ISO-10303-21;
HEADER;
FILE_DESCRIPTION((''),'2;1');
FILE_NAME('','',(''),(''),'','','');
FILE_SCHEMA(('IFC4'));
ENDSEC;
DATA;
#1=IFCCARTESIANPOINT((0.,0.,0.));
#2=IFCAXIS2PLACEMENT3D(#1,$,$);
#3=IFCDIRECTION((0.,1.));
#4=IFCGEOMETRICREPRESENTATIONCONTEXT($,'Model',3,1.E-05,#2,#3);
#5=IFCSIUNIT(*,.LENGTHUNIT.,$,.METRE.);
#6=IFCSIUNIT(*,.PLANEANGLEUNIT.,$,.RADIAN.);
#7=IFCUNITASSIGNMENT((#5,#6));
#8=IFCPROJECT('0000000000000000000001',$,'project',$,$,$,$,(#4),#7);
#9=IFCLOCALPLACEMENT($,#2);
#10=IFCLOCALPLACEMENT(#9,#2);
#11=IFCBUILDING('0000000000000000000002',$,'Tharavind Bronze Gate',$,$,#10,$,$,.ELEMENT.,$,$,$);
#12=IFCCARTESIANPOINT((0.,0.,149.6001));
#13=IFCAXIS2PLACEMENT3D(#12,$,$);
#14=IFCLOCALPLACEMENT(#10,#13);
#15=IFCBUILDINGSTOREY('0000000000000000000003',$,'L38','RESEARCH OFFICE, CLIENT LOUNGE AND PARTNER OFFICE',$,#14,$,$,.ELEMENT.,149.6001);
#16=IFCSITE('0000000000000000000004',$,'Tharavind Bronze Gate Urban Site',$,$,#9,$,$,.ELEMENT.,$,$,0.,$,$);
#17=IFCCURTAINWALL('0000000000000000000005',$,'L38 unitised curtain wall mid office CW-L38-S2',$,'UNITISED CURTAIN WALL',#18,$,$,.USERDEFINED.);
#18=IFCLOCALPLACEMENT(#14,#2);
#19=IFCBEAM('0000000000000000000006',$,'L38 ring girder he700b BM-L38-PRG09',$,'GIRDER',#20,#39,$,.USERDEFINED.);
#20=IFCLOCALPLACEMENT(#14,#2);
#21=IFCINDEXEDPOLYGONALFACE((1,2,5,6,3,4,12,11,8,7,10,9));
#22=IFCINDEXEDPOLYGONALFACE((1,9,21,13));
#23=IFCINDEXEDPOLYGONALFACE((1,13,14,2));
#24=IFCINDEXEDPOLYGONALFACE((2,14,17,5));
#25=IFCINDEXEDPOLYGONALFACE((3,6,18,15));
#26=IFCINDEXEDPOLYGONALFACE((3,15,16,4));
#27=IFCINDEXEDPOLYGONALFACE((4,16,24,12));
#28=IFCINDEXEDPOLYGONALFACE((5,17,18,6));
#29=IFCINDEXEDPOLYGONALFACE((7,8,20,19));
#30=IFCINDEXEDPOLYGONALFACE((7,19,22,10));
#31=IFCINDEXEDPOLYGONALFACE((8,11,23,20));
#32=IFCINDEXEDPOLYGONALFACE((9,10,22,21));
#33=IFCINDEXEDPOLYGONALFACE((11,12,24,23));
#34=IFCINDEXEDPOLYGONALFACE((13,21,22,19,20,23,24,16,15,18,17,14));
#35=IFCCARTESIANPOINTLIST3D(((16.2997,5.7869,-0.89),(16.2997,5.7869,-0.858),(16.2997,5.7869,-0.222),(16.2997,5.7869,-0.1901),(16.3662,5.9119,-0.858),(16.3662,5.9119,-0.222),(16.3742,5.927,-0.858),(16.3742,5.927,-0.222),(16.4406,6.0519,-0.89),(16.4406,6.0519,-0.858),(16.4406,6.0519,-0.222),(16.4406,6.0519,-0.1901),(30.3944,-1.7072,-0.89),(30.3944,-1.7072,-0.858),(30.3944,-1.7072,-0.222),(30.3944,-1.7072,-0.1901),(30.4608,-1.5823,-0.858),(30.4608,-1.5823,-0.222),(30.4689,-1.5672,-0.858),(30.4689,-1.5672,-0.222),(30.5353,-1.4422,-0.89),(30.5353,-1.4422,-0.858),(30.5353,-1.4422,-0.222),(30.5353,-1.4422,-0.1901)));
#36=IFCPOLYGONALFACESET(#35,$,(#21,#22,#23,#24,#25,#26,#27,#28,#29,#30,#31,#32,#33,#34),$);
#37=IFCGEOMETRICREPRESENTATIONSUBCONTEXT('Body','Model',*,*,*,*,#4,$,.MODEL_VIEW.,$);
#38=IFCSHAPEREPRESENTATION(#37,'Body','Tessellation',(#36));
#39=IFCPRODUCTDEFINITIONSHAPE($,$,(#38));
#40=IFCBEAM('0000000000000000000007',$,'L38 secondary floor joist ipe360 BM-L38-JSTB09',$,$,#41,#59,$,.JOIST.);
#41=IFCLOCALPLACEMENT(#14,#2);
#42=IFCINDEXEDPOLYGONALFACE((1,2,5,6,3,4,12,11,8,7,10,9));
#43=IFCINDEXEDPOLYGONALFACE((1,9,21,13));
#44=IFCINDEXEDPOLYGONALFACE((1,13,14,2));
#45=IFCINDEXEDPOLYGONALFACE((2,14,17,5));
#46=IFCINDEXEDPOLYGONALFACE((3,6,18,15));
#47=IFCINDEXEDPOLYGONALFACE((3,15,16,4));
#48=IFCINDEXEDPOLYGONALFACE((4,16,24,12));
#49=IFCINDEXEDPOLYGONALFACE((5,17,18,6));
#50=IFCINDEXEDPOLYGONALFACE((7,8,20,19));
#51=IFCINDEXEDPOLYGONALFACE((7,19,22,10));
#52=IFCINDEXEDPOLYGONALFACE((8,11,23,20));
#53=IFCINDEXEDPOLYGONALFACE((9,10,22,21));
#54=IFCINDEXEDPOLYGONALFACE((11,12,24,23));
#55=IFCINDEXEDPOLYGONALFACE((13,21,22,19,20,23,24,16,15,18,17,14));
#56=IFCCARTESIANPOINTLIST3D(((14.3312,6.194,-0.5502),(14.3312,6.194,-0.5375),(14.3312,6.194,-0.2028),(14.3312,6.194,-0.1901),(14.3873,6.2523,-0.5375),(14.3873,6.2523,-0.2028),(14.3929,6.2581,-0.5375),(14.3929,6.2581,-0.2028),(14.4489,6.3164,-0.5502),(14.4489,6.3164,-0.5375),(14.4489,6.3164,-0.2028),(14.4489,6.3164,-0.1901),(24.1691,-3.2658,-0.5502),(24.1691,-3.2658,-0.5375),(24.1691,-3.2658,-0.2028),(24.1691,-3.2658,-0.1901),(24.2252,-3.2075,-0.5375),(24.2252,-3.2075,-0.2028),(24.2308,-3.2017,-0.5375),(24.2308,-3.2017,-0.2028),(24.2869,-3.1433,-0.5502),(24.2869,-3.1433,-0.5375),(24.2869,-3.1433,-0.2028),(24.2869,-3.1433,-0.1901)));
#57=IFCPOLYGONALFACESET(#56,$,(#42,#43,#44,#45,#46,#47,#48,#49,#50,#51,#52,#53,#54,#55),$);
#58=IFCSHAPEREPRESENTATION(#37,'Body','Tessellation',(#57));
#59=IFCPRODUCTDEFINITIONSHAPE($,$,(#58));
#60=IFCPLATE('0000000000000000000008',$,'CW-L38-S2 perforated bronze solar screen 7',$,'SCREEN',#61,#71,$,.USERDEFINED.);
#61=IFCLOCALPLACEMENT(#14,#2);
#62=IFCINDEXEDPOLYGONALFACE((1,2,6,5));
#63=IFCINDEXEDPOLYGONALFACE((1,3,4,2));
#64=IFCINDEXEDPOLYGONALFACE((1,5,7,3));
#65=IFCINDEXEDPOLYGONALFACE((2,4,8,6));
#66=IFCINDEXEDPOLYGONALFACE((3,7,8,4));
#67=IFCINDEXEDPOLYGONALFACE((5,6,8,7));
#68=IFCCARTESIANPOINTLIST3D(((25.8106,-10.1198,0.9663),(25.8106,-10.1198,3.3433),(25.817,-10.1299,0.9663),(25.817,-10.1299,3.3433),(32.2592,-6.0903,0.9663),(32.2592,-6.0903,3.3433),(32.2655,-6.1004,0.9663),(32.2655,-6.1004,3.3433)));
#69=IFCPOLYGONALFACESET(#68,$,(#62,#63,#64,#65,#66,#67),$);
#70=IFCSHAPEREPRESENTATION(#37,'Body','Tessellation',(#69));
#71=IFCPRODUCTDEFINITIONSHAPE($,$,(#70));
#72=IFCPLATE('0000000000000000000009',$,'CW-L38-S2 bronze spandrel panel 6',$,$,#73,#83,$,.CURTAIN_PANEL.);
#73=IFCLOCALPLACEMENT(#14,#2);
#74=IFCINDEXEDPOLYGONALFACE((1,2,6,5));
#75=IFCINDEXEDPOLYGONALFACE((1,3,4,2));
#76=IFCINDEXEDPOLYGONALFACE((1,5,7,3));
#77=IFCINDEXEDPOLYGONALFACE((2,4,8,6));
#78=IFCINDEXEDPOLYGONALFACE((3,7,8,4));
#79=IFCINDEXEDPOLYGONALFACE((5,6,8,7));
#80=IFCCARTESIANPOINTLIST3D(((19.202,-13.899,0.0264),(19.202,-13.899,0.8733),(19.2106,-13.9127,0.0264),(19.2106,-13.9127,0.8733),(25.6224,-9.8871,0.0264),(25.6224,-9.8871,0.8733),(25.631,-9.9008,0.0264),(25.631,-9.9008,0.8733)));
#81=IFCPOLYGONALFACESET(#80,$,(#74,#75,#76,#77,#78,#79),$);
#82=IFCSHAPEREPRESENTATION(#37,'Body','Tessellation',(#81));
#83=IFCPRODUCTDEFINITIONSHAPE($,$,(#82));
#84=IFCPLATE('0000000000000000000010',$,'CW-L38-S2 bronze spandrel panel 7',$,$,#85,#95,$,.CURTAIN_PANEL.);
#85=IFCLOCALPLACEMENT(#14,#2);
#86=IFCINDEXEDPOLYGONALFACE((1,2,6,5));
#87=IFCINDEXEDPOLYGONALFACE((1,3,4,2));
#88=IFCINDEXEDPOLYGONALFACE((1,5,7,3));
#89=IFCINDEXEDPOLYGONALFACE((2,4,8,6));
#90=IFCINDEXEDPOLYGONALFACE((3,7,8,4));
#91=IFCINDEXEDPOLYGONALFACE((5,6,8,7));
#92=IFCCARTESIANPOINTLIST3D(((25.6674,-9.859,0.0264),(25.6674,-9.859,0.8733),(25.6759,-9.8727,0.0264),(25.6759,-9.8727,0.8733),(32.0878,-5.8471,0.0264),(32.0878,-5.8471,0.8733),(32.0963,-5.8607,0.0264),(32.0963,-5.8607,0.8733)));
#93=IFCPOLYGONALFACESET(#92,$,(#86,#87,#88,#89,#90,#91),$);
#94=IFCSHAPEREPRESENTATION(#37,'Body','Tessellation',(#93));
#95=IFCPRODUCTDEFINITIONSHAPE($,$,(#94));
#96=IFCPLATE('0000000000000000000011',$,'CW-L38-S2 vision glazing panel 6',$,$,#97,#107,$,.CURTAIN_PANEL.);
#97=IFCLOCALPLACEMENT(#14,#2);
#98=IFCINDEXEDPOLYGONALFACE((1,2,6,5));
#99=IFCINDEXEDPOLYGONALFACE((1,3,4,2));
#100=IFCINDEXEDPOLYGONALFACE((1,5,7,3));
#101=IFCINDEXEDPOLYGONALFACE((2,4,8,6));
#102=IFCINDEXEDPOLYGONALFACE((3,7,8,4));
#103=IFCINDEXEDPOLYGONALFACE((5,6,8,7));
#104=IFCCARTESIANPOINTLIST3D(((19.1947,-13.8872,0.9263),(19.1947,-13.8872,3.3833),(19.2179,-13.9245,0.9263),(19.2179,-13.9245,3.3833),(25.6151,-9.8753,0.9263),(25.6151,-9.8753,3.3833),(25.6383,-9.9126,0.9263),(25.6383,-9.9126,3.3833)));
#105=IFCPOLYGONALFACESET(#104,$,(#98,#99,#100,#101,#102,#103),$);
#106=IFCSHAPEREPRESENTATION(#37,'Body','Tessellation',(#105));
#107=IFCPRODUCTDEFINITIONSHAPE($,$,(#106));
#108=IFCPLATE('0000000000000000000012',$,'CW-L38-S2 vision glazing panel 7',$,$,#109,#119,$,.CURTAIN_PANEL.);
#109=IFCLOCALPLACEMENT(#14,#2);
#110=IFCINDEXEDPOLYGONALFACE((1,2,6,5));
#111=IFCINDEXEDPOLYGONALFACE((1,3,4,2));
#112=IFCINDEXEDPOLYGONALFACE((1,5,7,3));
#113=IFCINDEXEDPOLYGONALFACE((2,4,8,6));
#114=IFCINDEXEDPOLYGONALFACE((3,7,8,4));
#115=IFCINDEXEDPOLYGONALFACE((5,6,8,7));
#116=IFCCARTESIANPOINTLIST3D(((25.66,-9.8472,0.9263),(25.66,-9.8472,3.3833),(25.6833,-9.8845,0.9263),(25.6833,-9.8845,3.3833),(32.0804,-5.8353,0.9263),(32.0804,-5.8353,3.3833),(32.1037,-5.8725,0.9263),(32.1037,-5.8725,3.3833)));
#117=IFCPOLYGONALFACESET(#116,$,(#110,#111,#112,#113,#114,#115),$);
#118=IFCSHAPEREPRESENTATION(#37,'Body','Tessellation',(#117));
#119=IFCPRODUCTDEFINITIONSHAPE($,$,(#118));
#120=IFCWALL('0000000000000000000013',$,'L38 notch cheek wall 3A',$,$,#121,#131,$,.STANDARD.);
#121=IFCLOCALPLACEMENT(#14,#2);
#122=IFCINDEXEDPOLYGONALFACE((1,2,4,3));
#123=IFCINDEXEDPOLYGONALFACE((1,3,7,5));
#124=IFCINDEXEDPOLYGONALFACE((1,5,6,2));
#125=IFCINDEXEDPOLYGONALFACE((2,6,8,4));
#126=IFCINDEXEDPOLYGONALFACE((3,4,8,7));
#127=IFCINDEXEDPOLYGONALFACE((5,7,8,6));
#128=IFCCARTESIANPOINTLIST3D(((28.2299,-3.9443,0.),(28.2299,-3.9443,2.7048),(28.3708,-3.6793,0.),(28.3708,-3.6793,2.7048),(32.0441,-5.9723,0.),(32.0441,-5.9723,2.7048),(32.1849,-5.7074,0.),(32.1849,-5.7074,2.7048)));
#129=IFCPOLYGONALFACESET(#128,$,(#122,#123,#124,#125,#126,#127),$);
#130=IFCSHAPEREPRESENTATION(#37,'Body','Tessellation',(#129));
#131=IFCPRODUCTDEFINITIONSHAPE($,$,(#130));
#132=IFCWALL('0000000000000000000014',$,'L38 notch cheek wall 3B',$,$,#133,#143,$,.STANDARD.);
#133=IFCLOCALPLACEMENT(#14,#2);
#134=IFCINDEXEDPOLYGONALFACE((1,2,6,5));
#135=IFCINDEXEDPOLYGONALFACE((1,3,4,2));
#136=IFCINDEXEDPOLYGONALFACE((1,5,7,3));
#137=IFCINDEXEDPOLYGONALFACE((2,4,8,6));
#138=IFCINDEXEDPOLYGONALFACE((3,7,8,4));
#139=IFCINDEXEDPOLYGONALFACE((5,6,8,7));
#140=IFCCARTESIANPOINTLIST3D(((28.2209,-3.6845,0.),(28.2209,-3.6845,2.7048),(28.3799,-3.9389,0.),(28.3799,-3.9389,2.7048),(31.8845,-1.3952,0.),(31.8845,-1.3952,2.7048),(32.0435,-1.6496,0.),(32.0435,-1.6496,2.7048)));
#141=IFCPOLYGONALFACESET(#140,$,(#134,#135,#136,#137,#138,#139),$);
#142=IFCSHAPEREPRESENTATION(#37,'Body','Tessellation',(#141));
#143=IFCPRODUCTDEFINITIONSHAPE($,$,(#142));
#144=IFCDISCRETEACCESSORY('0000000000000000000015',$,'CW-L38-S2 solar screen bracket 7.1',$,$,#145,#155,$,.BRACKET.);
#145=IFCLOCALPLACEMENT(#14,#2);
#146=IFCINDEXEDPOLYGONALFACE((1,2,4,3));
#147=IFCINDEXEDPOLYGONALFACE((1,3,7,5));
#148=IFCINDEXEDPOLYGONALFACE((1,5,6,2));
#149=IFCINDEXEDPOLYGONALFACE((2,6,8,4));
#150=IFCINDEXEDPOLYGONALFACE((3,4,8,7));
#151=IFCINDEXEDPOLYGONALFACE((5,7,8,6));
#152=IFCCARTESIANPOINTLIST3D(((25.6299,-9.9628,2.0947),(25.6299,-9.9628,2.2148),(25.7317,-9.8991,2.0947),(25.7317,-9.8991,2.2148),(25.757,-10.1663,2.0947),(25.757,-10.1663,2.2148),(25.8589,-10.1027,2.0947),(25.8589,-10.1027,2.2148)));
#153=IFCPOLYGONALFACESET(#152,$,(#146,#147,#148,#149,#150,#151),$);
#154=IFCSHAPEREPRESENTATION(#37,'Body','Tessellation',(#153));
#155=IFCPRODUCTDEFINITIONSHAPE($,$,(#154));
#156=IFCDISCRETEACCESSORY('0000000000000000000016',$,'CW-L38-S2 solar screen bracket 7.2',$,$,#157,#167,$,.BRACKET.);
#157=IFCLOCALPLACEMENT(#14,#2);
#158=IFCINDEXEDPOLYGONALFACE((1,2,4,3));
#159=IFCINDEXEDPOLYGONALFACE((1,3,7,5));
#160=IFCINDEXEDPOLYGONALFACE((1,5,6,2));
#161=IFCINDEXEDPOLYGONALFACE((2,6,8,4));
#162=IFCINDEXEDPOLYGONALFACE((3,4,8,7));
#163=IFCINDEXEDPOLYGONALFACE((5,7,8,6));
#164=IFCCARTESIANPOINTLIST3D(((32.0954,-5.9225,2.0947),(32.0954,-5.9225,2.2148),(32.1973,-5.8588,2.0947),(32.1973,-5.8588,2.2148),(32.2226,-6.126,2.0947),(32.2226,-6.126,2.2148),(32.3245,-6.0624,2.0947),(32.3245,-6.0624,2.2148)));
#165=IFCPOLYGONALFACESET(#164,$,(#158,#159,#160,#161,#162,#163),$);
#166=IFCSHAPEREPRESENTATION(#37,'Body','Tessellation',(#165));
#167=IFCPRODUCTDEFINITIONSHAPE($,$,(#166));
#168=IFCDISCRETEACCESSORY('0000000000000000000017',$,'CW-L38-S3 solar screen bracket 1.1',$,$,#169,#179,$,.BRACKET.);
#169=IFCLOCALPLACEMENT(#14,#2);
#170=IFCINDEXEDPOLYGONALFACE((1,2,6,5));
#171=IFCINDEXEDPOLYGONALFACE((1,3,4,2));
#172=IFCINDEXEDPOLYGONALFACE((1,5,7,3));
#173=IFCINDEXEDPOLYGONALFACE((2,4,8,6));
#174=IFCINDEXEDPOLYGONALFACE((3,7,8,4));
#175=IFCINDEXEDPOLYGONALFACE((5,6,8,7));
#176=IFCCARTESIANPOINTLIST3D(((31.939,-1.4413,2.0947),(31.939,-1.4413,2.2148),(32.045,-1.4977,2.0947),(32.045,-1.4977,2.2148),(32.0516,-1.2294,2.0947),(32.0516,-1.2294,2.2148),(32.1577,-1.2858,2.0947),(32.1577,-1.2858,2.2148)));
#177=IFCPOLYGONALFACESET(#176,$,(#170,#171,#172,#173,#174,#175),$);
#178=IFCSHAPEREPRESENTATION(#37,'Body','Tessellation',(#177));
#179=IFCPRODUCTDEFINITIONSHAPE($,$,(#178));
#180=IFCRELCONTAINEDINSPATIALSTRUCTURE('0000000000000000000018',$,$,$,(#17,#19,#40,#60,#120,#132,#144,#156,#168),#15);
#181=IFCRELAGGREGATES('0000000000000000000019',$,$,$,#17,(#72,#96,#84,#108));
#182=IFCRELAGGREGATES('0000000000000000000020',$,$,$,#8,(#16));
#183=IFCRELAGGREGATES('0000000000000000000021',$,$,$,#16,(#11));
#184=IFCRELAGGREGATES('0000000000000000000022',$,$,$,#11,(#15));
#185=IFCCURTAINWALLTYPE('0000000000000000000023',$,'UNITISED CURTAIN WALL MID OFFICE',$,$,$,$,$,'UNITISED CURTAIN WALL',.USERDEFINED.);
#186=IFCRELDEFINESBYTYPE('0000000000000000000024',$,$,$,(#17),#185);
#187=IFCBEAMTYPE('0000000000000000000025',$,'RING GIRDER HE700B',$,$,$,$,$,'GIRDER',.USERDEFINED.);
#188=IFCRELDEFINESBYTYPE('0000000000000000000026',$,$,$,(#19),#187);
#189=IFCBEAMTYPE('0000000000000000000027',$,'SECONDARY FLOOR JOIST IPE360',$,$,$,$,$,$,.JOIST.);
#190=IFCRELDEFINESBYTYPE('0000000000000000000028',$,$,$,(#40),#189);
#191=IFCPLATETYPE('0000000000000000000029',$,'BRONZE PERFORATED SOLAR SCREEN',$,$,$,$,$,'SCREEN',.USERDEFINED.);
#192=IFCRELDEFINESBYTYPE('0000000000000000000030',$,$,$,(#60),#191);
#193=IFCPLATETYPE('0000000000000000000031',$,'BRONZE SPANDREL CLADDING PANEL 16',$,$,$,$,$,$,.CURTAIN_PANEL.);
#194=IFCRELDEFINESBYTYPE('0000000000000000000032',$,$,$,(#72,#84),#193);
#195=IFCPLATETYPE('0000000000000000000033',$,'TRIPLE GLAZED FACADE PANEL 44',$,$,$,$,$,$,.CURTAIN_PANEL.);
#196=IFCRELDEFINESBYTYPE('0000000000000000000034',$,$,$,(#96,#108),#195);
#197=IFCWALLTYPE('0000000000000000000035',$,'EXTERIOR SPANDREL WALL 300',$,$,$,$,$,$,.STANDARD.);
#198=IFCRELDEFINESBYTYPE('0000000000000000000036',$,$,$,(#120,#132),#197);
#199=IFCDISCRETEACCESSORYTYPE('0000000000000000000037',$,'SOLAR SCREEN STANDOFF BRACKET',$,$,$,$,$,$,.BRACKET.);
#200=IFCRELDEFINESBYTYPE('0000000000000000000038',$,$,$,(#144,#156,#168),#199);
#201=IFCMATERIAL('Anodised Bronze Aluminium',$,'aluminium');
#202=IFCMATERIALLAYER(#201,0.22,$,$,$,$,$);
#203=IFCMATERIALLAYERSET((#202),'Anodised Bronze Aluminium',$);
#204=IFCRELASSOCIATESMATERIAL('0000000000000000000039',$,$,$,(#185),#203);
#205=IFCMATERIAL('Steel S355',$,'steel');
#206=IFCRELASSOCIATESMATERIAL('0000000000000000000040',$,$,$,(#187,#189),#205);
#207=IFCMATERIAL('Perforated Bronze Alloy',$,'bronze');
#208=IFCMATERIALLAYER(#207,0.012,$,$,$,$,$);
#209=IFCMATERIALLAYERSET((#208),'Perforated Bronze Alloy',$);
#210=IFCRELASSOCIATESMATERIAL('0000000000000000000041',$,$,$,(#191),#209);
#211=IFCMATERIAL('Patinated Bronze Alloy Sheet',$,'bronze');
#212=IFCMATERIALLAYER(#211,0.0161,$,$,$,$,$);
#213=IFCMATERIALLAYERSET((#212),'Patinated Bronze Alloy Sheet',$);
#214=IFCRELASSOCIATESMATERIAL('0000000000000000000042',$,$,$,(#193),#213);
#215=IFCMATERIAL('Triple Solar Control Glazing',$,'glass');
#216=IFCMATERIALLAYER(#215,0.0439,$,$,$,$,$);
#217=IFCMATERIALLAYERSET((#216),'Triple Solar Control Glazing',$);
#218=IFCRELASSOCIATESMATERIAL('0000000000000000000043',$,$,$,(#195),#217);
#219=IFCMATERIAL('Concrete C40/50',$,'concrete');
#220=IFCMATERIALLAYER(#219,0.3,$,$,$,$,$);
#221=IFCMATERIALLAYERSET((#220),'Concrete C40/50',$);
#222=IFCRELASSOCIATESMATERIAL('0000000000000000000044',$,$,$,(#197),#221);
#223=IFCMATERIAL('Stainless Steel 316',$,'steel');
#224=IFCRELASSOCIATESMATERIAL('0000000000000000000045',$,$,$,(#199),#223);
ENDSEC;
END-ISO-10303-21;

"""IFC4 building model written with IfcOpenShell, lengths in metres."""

from ifc_helpers import new_model, si_unit, direction, frame, frame_2d, origin, origin_2d, place, context, subcontext, project, spatial, rectangle, i_section, extrude, material, layer, layer_set, material_profile, profile_set, type_object, element, aggregate, save


model = new_model("IFC4")

# Units and contexts
model_context = context("Model", 3, precision=1e-05, world=origin(), true_north=direction((0.0, 1.0)))
body_context = subcontext(model_context, "Body", "Model", "MODEL_VIEW")
ifc_project = project(units=[si_unit("LENGTHUNIT", "METRE"), si_unit("PLANEANGLEUNIT", "RADIAN")], contexts=[model_context])

# Site, building, storey
site_placement = place(None, origin())
site = spatial("IfcSite", under=ifc_project, at=site_placement, Name="Tharavind Bronze Gate Urban Site", CompositionType="ELEMENT", RefElevation=0.0)
building_placement = place(site_placement, origin())
building = spatial("IfcBuilding", under=site, at=building_placement, Name="Tharavind Bronze Gate", CompositionType="ELEMENT")
storey_placement = place(building_placement, frame((0.0, 0.0, 149.6001)))
storey = spatial("IfcBuildingStorey", under=building, at=storey_placement, Name="L38", Description="RESEARCH OFFICE, CLIENT LOUNGE AND PARTNER OFFICE", CompositionType="ELEMENT", Elevation=149.6001)

# Curtain wall
ifc_material_1 = material(Name="Anodised Bronze Aluminium", Category="aluminium")
ifc_layer_1 = layer(ifc_material_1, 0.22)
ifc_layer_set_1 = layer_set([ifc_layer_1], Name="Anodised Bronze Aluminium")
curtain_wall_type = type_object("IfcCurtainWallType", Name="UNITISED CURTAIN WALL MID OFFICE", ElementType="UNITISED CURTAIN WALL", PredefinedType="USERDEFINED", material=ifc_layer_set_1)
curtain_wall_1_placement = place(storey_placement, origin())
curtain_wall_1 = element("IfcCurtainWall", 1, at=curtain_wall_1_placement, inside=storey, type_object=curtain_wall_type, Name="L38 unitised curtain wall mid office CW-L38-S2", ObjectType="UNITISED CURTAIN WALL", PredefinedType="USERDEFINED")

# Beams
ifc_material_2 = material(Name="Steel S355", Category="steel")
ifc_material_profile_1 = material_profile(ifc_material_2, i_section(OverallWidth=0.3, OverallDepth=0.7, WebThickness=0.0171, FlangeThickness=0.032, at=origin_2d()), Name="HE700B")
ifc_profile_set_1 = profile_set([ifc_material_profile_1], Name="Steel S355")
beam_type_1 = type_object("IfcBeamType", Name="RING GIRDER HE700B", ElementType="GIRDER", PredefinedType="USERDEFINED", material=ifc_profile_set_1)
beam_1_placement = place(storey_placement, frame((30.4648, -1.5747, -0.54), z_axis=(-0.882952, 0.469464, 0.0), x_axis=(-0.469464, -0.882952, 0.0)))
element("IfcBeam", 2, at=beam_1_placement, inside=storey, type_object=beam_type_1, Name="L38 ring girder he700b BM-L38-PRG09", ObjectType="GIRDER", PredefinedType="USERDEFINED", context=body_context, shape_type="SweptSolid", body=[
    extrude(i_section(OverallWidth=0.3, OverallDepth=0.7, WebThickness=0.0171, FlangeThickness=0.032, at=origin_2d()), origin(), (0.0, 0.0, 1.0), 15.9631),
])
ifc_material_profile_2 = material_profile(ifc_material_2, i_section(OverallWidth=0.1699, OverallDepth=0.3601, WebThickness=0.0081, FlangeThickness=0.0127, at=origin_2d()), Name="IPE360")
ifc_profile_set_2 = profile_set([ifc_material_profile_2], Name="Steel S355")
beam_type_2 = type_object("IfcBeamType", Name="SECONDARY FLOOR JOIST IPE360", PredefinedType="JOIST", material=ifc_profile_set_2)
beam_2_placement = place(storey_placement, frame((24.228, -3.2046, -0.3701), z_axis=(-0.720826, 0.693117, 0.0), x_axis=(-0.693117, -0.720826, 0.0)))
element("IfcBeam", 3, at=beam_2_placement, inside=storey, type_object=beam_type_2, Name="L38 secondary floor joist ipe360 BM-L38-JSTB09", PredefinedType="JOIST", context=body_context, shape_type="SweptSolid", body=[
    extrude(i_section(OverallWidth=0.1699, OverallDepth=0.3601, WebThickness=0.0081, FlangeThickness=0.0127, at=origin_2d()), origin(), (0.0, 0.0, 1.0), 13.6482),
])

# Plates
ifc_material_3 = material(Name="Perforated Bronze Alloy", Category="bronze")
ifc_layer_2 = layer(ifc_material_3, 0.012)
ifc_layer_set_2 = layer_set([ifc_layer_2], Name="Perforated Bronze Alloy")
plate_type_1 = type_object("IfcPlateType", Name="BRONZE PERFORATED SOLAR SCREEN", ElementType="SCREEN", PredefinedType="USERDEFINED", material=ifc_layer_set_2)
plate_1_placement = place(storey_placement, frame((29.0381, -8.1101, 0.9663), z_axis=(0.0, 0.0, 1.0), x_axis=(0.848048, 0.529919, 0.0)))
element("IfcPlate", 4, at=plate_1_placement, inside=storey, type_object=plate_type_1, Name="CW-L38-S2 perforated bronze solar screen 7", ObjectType="SCREEN", PredefinedType="USERDEFINED", context=body_context, shape_type="SweptSolid", body=[
    extrude(rectangle(XDim=7.604, YDim=0.012, at=origin_2d()), origin(), (0.0, 0.0, 1.0), 2.377),
])
ifc_material_4 = material(Name="Patinated Bronze Alloy Sheet", Category="bronze")
ifc_layer_3 = layer(ifc_material_4, 0.0161)
ifc_layer_set_3 = layer_set([ifc_layer_3], Name="Patinated Bronze Alloy Sheet")
plate_type_2 = type_object("IfcPlateType", Name="BRONZE SPANDREL CLADDING PANEL 16", PredefinedType="CURTAIN_PANEL", material=ifc_layer_set_3)
plate_2_placement = place(storey_placement, frame((22.4165, -11.8999, 0.0264), z_axis=(0.0, 0.0, 1.0), x_axis=(0.848048, 0.529919, 0.0)))
plate_2 = element("IfcPlate", 5, at=plate_2_placement, type_object=plate_type_2, Name="CW-L38-S2 bronze spandrel panel 6", PredefinedType="CURTAIN_PANEL", context=body_context, shape_type="SweptSolid", body=[
    extrude(rectangle(XDim=7.5708, YDim=0.0161, at=origin_2d()), origin(), (0.0, 0.0, 1.0), 0.8469),
])
plate_3_placement = place(storey_placement, frame((28.8818, -7.8599, 0.0264), z_axis=(0.0, 0.0, 1.0), x_axis=(0.848048, 0.529919, 0.0)))
plate_3 = element("IfcPlate", 6, at=plate_3_placement, type_object=plate_type_2, Name="CW-L38-S2 bronze spandrel panel 7", PredefinedType="CURTAIN_PANEL", context=body_context, shape_type="SweptSolid", body=[
    extrude(rectangle(XDim=7.5708, YDim=0.0161, at=origin_2d()), origin(), (0.0, 0.0, 1.0), 0.8469),
])
ifc_material_5 = material(Name="Triple Solar Control Glazing", Category="glass")
ifc_layer_4 = layer(ifc_material_5, 0.0439)
ifc_layer_set_4 = layer_set([ifc_layer_4], Name="Triple Solar Control Glazing")
plate_type_3 = type_object("IfcPlateType", Name="TRIPLE GLAZED FACADE PANEL 44", PredefinedType="CURTAIN_PANEL", material=ifc_layer_set_4)
plate_4_placement = place(storey_placement, frame((22.4165, -11.8999, 0.9263), z_axis=(0.0, 0.0, 1.0), x_axis=(0.848048, 0.529919, 0.0)))
plate_4 = element("IfcPlate", 7, at=plate_4_placement, type_object=plate_type_3, Name="CW-L38-S2 vision glazing panel 6", PredefinedType="CURTAIN_PANEL", context=body_context, shape_type="SweptSolid", body=[
    extrude(rectangle(XDim=7.5708, YDim=0.0439, at=origin_2d()), origin(), (0.0, 0.0, 1.0), 2.457),
])
plate_5_placement = place(storey_placement, frame((28.8818, -7.8599, 0.9263), z_axis=(0.0, 0.0, 1.0), x_axis=(0.848048, 0.529919, 0.0)))
plate_5 = element("IfcPlate", 8, at=plate_5_placement, type_object=plate_type_3, Name="CW-L38-S2 vision glazing panel 7", PredefinedType="CURTAIN_PANEL", context=body_context, shape_type="SweptSolid", body=[
    extrude(rectangle(XDim=7.5708, YDim=0.0439, at=origin_2d()), origin(), (0.0, 0.0, 1.0), 2.457),
])
aggregate(curtain_wall_1, [plate_2, plate_4, plate_3, plate_5])

# Walls
ifc_material_6 = material(Name="Concrete C40/50", Category="concrete")
ifc_layer_5 = layer(ifc_material_6, 0.3)
ifc_layer_set_5 = layer_set([ifc_layer_5], Name="Concrete C40/50")
wall_type = type_object("IfcWallType", Name="EXTERIOR SPANDREL WALL 300", PredefinedType="STANDARD", material=ifc_layer_set_5)
wall_1_placement = place(storey_placement, frame((32.1145, -5.8398, 0.0), z_axis=(0.0, 0.0, 1.0), x_axis=(-0.882945, 0.469476, 0.0)))
element("IfcWall", 9, at=wall_1_placement, inside=storey, type_object=wall_type, Name="L38 notch cheek wall 3A", PredefinedType="STANDARD", context=body_context, shape_type="SweptSolid", body=[
    extrude(rectangle(XDim=4.3198, YDim=0.3, at=frame_2d((2.1599, 0.0))), origin(), (0.0, 0.0, 1.0), 2.7048),
])
wall_2_placement = place(storey_placement, frame((28.3003, -3.8118, 0.0), z_axis=(0.0, 0.0, 1.0), x_axis=(0.848043, 0.529928, 0.0)))
element("IfcWall", 10, at=wall_2_placement, inside=storey, type_object=wall_type, Name="L38 notch cheek wall 3B", PredefinedType="STANDARD", context=body_context, shape_type="SweptSolid", body=[
    extrude(rectangle(XDim=4.3201, YDim=0.3, at=frame_2d((2.1602, 0.0))), origin(), (0.0, 0.0, 1.0), 2.7048),
])

# Discrete accessories
ifc_material_7 = material(Name="Stainless Steel 316", Category="steel")
discrete_accessory_type = type_object("IfcDiscreteAccessoryType", Name="SOLAR SCREEN STANDOFF BRACKET", PredefinedType="BRACKET", material=ifc_material_7)
for number, where, z_axis, x_axis, name in (
    (11, (25.7444, -10.0327, 2.0947), (0.0, 0.0, 1.0), (0.848048, 0.529919, 0.0), "CW-L38-S2 solar screen bracket 7.1"),
    (12, (32.21, -5.9924, 2.0947), (0.0, 0.0, 1.0), (0.848048, 0.529919, 0.0), "CW-L38-S2 solar screen bracket 7.2"),
    (13, (32.0483, -1.3635, 2.0947), (0.0, 0.0, 1.0), (-0.882948, 0.469472, 0.0), "CW-L38-S3 solar screen bracket 1.1"),
):
    element("IfcDiscreteAccessory", number, at=place(storey_placement, frame(where, z_axis=z_axis, x_axis=x_axis)), inside=storey, type_object=discrete_accessory_type, Name=name, PredefinedType="BRACKET", context=body_context, shape_type="SweptSolid", body=[
        extrude(rectangle(XDim=0.1201, YDim=0.24, at=origin_2d()), origin(), (0.0, 0.0, 1.0), 0.1201),
    ])

save(model, "model.ifc")
